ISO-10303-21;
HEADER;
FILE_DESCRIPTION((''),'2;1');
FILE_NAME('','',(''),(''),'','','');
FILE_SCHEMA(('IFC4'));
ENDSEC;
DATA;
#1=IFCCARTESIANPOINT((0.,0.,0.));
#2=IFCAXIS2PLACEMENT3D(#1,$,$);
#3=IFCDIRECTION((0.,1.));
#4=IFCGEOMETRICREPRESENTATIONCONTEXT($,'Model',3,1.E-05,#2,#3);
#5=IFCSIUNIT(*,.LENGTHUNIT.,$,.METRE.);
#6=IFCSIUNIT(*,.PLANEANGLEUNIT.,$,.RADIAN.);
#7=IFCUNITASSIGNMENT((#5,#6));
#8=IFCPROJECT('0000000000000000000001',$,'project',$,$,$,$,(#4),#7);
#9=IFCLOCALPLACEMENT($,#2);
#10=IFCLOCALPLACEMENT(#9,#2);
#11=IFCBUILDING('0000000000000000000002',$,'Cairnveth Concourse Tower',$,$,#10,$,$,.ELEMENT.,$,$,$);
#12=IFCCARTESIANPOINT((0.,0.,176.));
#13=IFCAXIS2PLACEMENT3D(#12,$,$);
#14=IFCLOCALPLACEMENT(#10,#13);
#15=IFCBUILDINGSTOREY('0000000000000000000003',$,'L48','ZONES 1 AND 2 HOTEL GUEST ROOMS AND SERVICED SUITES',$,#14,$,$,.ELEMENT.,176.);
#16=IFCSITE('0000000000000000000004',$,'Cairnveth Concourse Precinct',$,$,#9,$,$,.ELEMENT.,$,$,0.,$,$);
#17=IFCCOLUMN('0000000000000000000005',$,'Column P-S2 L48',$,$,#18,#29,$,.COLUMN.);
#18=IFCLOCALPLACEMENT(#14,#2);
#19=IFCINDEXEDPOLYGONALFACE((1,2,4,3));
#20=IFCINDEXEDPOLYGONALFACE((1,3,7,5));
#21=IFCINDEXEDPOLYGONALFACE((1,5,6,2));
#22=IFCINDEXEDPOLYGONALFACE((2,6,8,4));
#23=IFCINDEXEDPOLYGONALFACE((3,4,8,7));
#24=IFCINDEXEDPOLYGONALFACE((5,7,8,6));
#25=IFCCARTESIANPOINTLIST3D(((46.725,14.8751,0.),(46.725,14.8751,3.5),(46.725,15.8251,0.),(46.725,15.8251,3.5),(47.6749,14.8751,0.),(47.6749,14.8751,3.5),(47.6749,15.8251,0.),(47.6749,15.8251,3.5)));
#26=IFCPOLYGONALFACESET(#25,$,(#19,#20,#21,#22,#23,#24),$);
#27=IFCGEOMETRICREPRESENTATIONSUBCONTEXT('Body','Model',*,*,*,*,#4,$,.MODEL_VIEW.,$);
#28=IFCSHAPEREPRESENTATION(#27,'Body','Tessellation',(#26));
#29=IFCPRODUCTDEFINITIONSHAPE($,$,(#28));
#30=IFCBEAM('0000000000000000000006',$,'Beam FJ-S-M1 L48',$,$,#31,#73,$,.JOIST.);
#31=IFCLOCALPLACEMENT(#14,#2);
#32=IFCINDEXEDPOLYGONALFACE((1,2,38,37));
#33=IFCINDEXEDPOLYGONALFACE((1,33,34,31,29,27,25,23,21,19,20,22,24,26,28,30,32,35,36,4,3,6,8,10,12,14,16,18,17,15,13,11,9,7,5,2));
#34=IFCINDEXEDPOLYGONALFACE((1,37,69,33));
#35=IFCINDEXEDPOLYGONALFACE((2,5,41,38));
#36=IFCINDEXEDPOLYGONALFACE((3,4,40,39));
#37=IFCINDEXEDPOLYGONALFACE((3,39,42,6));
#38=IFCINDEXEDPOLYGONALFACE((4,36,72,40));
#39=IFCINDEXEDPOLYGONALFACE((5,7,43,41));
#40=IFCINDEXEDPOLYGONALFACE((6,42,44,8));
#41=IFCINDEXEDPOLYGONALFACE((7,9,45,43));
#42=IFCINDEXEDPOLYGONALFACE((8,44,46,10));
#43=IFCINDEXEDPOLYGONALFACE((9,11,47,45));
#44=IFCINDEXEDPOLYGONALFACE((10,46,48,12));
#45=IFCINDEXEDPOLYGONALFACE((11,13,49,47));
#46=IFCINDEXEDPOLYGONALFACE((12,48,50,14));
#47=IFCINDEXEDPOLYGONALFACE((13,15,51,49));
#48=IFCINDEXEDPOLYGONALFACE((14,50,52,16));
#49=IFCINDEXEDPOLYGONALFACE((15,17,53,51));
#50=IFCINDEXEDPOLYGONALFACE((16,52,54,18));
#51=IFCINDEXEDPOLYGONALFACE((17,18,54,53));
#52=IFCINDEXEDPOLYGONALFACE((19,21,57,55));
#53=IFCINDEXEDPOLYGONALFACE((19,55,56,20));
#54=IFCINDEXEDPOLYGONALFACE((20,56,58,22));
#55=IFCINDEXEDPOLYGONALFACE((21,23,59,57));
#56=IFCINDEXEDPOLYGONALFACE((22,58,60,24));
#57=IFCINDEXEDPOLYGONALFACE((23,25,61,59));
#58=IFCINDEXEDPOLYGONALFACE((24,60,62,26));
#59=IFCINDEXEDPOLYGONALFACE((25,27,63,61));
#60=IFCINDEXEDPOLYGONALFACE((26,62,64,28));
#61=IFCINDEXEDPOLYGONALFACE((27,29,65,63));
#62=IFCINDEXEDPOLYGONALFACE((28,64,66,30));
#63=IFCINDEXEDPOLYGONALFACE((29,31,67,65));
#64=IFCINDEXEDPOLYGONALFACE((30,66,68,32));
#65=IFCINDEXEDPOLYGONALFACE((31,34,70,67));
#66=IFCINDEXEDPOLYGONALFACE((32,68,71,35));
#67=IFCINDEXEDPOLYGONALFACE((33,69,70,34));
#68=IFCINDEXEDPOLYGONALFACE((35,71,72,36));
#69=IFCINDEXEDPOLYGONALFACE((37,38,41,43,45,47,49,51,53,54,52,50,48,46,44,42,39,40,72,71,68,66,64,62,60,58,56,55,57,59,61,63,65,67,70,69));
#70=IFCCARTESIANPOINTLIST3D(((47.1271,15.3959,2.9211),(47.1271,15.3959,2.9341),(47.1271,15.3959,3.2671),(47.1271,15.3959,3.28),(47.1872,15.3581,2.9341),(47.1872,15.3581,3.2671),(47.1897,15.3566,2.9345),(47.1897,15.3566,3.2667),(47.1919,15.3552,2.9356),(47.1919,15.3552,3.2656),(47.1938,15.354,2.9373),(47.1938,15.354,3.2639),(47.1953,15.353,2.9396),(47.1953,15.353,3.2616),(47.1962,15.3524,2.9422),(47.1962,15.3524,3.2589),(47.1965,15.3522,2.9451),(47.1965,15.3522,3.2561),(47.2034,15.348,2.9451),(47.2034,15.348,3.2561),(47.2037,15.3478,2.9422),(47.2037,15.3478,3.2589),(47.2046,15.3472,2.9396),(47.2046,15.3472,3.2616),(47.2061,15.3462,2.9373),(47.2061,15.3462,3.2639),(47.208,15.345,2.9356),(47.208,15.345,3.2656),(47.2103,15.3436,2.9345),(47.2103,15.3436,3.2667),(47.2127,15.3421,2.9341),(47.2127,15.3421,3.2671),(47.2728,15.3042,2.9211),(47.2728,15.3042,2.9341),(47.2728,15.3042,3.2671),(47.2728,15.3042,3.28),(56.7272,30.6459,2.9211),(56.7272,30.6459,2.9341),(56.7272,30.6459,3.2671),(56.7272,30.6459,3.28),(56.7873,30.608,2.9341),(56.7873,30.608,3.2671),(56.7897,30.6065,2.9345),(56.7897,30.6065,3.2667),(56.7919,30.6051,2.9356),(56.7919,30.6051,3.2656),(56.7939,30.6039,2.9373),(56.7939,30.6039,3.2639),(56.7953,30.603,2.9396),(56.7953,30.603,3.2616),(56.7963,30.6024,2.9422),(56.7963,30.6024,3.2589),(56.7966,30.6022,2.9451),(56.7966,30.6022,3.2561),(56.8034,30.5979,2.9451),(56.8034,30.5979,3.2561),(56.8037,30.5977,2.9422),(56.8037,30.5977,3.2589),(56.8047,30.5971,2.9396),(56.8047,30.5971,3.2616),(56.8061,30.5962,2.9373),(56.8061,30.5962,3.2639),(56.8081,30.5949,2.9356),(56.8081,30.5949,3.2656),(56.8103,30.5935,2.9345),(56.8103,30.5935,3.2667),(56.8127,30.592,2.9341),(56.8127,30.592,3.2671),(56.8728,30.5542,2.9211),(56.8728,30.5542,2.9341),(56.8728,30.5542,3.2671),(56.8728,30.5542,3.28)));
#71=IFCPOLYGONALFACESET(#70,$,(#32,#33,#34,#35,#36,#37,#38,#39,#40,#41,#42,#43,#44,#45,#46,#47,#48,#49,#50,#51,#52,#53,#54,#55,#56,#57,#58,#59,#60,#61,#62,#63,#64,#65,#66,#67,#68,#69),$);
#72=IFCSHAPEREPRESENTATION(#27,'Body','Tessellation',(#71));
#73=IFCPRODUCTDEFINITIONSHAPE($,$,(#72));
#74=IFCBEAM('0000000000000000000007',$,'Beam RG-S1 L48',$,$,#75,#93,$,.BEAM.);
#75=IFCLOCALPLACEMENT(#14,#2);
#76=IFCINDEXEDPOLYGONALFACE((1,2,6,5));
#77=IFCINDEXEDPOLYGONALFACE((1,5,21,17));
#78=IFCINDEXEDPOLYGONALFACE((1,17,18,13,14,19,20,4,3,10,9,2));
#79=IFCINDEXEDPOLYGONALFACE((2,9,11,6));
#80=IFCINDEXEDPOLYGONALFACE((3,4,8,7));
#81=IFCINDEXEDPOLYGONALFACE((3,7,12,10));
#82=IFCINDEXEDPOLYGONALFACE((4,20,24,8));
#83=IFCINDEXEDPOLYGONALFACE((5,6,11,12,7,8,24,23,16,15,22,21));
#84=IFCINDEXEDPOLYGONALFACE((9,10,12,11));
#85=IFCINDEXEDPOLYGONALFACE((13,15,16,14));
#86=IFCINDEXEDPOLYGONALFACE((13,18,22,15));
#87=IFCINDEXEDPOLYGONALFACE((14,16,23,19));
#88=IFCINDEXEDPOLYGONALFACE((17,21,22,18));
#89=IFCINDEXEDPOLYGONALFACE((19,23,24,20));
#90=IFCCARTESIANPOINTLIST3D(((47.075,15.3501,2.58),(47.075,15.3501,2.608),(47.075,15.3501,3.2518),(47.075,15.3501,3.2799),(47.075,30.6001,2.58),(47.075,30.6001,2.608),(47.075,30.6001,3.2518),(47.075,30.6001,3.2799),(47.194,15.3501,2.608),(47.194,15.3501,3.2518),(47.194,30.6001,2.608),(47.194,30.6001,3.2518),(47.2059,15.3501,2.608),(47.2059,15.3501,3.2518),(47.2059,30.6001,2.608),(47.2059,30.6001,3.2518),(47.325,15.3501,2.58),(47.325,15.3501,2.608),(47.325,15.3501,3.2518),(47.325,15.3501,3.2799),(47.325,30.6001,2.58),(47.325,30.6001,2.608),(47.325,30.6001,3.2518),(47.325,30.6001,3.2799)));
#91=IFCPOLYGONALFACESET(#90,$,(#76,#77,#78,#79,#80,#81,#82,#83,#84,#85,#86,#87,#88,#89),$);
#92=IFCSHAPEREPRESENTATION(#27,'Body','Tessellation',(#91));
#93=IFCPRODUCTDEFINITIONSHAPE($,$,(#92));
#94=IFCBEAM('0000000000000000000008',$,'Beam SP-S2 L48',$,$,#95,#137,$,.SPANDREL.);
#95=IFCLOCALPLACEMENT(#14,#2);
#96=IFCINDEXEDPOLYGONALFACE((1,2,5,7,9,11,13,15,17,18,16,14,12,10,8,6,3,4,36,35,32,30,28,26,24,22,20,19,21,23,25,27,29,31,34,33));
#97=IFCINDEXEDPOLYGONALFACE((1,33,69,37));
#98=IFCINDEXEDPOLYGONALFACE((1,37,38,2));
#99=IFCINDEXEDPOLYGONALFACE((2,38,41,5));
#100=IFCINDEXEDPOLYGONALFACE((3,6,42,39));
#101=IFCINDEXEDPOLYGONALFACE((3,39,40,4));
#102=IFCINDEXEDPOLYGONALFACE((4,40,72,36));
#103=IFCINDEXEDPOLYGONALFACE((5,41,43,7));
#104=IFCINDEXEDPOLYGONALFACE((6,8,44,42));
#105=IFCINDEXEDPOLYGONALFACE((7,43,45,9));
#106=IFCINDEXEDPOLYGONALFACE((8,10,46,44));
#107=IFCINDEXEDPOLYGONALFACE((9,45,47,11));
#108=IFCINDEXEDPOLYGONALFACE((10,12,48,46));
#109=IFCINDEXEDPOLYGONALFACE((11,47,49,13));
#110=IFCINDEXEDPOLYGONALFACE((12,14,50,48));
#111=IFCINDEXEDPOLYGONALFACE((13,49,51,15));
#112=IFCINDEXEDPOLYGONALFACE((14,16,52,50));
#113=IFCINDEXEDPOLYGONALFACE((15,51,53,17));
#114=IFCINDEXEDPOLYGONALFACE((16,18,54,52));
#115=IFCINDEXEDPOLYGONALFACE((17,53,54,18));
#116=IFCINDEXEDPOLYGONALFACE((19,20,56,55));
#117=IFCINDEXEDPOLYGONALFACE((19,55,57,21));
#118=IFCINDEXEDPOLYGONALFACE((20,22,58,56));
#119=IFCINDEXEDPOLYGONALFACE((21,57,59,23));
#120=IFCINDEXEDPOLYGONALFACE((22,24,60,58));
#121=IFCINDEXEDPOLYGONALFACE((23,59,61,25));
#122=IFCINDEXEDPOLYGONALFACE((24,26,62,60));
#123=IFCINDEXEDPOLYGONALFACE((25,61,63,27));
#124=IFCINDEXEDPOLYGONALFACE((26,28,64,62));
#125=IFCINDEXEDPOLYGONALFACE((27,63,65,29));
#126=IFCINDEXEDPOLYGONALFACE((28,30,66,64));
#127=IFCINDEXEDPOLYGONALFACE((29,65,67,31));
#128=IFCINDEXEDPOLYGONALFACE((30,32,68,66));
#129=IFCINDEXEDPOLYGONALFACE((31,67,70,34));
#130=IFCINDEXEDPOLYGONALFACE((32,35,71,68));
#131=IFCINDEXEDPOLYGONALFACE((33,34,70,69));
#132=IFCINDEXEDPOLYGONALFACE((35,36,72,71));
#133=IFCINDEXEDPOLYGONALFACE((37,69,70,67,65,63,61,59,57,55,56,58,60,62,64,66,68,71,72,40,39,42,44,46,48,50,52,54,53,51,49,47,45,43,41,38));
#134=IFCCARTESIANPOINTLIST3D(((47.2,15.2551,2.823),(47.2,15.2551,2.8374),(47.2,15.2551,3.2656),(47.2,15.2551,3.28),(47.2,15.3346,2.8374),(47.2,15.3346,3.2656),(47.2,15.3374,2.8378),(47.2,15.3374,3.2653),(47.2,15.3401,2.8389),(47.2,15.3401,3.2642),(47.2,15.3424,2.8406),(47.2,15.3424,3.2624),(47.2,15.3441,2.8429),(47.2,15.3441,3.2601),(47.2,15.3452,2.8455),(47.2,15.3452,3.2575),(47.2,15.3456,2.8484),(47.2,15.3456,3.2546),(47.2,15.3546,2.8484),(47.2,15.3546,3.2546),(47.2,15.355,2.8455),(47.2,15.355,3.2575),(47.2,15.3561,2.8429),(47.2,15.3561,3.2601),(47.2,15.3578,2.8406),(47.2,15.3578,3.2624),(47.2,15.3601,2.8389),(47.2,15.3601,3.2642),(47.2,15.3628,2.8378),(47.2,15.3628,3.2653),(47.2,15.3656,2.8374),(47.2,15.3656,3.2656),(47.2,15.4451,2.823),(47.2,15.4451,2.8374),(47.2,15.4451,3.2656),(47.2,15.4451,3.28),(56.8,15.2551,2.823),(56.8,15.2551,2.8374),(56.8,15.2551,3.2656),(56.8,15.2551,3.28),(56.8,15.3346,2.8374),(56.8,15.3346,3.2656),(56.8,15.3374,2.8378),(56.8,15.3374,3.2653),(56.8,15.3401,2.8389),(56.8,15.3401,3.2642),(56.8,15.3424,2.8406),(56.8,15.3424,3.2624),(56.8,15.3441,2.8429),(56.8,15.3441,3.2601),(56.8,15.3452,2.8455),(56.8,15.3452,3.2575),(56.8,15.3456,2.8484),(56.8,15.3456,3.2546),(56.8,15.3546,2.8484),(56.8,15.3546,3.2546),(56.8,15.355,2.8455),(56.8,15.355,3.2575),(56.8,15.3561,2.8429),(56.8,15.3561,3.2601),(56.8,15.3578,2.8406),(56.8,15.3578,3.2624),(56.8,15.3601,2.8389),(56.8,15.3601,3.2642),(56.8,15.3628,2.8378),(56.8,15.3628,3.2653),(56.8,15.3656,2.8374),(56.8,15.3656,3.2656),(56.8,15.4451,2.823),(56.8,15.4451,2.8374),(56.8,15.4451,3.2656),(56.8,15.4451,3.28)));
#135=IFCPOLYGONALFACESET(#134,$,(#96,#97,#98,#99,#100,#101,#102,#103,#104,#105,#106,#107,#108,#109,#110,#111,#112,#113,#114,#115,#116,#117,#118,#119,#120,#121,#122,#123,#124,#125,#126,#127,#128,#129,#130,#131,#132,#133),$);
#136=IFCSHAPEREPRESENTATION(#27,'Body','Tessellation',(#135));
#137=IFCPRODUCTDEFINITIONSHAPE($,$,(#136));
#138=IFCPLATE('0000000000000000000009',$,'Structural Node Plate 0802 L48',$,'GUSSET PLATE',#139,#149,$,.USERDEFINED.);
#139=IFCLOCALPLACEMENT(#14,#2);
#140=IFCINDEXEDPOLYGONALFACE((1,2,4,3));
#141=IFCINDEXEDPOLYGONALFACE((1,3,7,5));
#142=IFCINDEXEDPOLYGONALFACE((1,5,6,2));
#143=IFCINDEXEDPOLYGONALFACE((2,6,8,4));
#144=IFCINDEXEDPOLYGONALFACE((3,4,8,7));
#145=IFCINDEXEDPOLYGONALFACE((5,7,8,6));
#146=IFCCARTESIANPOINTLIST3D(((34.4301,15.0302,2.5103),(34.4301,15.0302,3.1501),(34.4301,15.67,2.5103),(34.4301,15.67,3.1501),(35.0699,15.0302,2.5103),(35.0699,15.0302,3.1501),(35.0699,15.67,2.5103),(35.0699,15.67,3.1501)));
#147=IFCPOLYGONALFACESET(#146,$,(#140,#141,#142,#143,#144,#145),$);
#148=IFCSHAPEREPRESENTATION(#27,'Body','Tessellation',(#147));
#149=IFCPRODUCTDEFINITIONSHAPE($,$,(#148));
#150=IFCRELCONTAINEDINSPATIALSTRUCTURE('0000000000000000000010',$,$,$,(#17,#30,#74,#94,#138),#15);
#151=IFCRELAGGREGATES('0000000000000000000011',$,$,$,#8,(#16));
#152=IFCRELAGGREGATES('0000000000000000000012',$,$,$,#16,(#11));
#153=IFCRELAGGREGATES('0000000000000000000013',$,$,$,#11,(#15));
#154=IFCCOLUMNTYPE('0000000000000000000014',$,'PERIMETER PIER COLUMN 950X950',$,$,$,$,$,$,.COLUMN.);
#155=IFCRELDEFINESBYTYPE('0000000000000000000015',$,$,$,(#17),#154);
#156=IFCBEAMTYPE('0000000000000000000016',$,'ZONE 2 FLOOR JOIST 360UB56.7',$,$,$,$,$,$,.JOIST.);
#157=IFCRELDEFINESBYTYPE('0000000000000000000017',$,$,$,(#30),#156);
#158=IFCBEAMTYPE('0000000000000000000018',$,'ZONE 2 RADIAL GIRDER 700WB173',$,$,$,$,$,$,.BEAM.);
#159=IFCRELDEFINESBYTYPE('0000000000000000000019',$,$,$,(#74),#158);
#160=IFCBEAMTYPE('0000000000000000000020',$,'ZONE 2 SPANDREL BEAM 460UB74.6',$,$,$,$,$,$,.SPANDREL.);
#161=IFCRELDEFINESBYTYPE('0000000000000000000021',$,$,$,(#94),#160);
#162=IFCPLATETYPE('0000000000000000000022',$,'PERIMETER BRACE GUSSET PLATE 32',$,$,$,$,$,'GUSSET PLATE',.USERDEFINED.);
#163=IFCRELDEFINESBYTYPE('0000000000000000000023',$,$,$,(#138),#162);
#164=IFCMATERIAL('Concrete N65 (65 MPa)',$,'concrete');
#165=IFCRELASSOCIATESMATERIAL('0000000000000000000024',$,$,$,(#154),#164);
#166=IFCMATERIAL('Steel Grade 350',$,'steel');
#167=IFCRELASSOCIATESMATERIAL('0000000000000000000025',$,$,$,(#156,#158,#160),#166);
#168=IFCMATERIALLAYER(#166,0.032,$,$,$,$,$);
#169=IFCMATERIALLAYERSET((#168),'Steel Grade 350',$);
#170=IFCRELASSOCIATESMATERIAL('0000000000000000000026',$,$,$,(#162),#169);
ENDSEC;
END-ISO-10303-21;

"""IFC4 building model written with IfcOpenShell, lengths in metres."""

from ifc_helpers import new_model, si_unit, direction, frame, origin, origin_2d, place, context, subcontext, project, spatial, rectangle, i_section, extrude, material, layer, layer_set, material_profile, profile_set, type_object, element, save


model = new_model("IFC4")

# Units and contexts
model_context = context("Model", 3, precision=1e-05, world=origin(), true_north=direction((0.0, 1.0)))
body_context = subcontext(model_context, "Body", "Model", "MODEL_VIEW")
ifc_project = project(units=[si_unit("LENGTHUNIT", "METRE"), si_unit("PLANEANGLEUNIT", "RADIAN")], contexts=[model_context])

# Site, building, storey
site_placement = place(None, origin())
site = spatial("IfcSite", under=ifc_project, at=site_placement, Name="Cairnveth Concourse Precinct", CompositionType="ELEMENT", RefElevation=0.0)
building_placement = place(site_placement, origin())
building = spatial("IfcBuilding", under=site, at=building_placement, Name="Cairnveth Concourse Tower", CompositionType="ELEMENT")
storey_placement = place(building_placement, frame((0.0, 0.0, 176.0)))
storey = spatial("IfcBuildingStorey", under=building, at=storey_placement, Name="L48", Description="ZONES 1 AND 2 HOTEL GUEST ROOMS AND SERVICED SUITES", CompositionType="ELEMENT", Elevation=176.0)

# Column
ifc_material_1 = material(Name="Concrete N65 (65 MPa)", Category="concrete")
ifc_material_profile_1 = material_profile(ifc_material_1, rectangle(XDim=0.95, YDim=0.95, at=origin_2d()), Name="RC-COL-950x950")
ifc_profile_set_1 = profile_set([ifc_material_profile_1], Name="Concrete N65 (65 MPa)")
column_type = type_object("IfcColumnType", Name="PERIMETER PIER COLUMN 950X950", PredefinedType="COLUMN", material=ifc_profile_set_1)
column_placement = place(storey_placement, frame((47.2, 15.3501, 0.0), z_axis=(0.0, 0.0, 1.0), x_axis=(1.0, 0.0, 0.0)))
element("IfcColumn", 1, at=column_placement, inside=storey, type_object=column_type, Name="Column P-S2 L48", PredefinedType="COLUMN", context=body_context, shape_type="SweptSolid", body=[
    extrude(rectangle(XDim=0.95, YDim=0.95, at=origin_2d()), origin(), (0.0, 0.0, 1.0), 3.5),
])

# Beams
ifc_material_2 = material(Name="Steel Grade 350", Category="steel")
ifc_material_profile_2 = material_profile(ifc_material_2, i_section(OverallWidth=0.1721, OverallDepth=0.3589, WebThickness=0.0081, FlangeThickness=0.0129, FilletRadius=0.011, at=origin_2d()), Name="360UB56.7")
ifc_profile_set_2 = profile_set([ifc_material_profile_2], Name="Steel Grade 350")
beam_type_1 = type_object("IfcBeamType", Name="ZONE 2 FLOOR JOIST 360UB56.7", PredefinedType="JOIST", material=ifc_profile_set_2)
beam_1_placement = place(storey_placement, frame((47.2, 15.3501, 3.1006), z_axis=(0.532744, 0.846277, 0.0), x_axis=(-0.846277, 0.532744, 0.0)))
element("IfcBeam", 2, at=beam_1_placement, inside=storey, type_object=beam_type_1, Name="Beam FJ-S-M1 L48", PredefinedType="JOIST", context=body_context, shape_type="SweptSolid", body=[
    extrude(i_section(OverallWidth=0.1721, OverallDepth=0.3589, WebThickness=0.0081, FlangeThickness=0.0129, FilletRadius=0.011, at=origin_2d()), origin(), (0.0, 0.0, 1.0), 18.02),
])
ifc_material_profile_3 = material_profile(ifc_material_2, i_section(OverallWidth=0.25, OverallDepth=0.7, WebThickness=0.012, FlangeThickness=0.0281, at=origin_2d()), Name="700WB173")
ifc_profile_set_3 = profile_set([ifc_material_profile_3], Name="Steel Grade 350")
beam_type_2 = type_object("IfcBeamType", Name="ZONE 2 RADIAL GIRDER 700WB173", PredefinedType="BEAM", material=ifc_profile_set_3)
beam_2_placement = place(storey_placement, frame((47.2, 15.3501, 2.9299), z_axis=(0.0, 1.0, 0.0), x_axis=(-1.0, 0.0, 0.0)))
element("IfcBeam", 3, at=beam_2_placement, inside=storey, type_object=beam_type_2, Name="Beam RG-S1 L48", PredefinedType="BEAM", context=body_context, shape_type="SweptSolid", body=[
    extrude(i_section(OverallWidth=0.25, OverallDepth=0.7, WebThickness=0.012, FlangeThickness=0.0281, at=origin_2d()), origin(), (0.0, 0.0, 1.0), 15.25),
])
ifc_material_profile_4 = material_profile(ifc_material_2, i_section(OverallWidth=0.1899, OverallDepth=0.457, WebThickness=0.009, FlangeThickness=0.0144, FilletRadius=0.011, at=origin_2d()), Name="460UB74.6")
ifc_profile_set_4 = profile_set([ifc_material_profile_4], Name="Steel Grade 350")
beam_type_3 = type_object("IfcBeamType", Name="ZONE 2 SPANDREL BEAM 460UB74.6", PredefinedType="SPANDREL", material=ifc_profile_set_4)
beam_3_placement = place(storey_placement, frame((47.2, 15.3501, 3.0515), z_axis=(1.0, 0.0, 0.0), x_axis=(0.0, 1.0, 0.0)))
element("IfcBeam", 4, at=beam_3_placement, inside=storey, type_object=beam_type_3, Name="Beam SP-S2 L48", PredefinedType="SPANDREL", context=body_context, shape_type="SweptSolid", body=[
    extrude(i_section(OverallWidth=0.1899, OverallDepth=0.457, WebThickness=0.009, FlangeThickness=0.0144, FilletRadius=0.011, at=origin_2d()), origin(), (0.0, 0.0, 1.0), 9.6001),
])

# Plate
ifc_layer_1 = layer(ifc_material_2, 0.032)
ifc_layer_set_1 = layer_set([ifc_layer_1], Name="Steel Grade 350")
plate_type = type_object("IfcPlateType", Name="PERIMETER BRACE GUSSET PLATE 32", ElementType="GUSSET PLATE", PredefinedType="USERDEFINED", material=ifc_layer_set_1)
plate_placement = place(storey_placement, frame((34.75, 15.3501, 2.5103), z_axis=(0.0, 0.0, 1.0), x_axis=(1.0, 0.0, 0.0)))
element("IfcPlate", 5, at=plate_placement, inside=storey, type_object=plate_type, Name="Structural Node Plate 0802 L48", ObjectType="GUSSET PLATE", PredefinedType="USERDEFINED", context=body_context, shape_type="SweptSolid", body=[
    extrude(rectangle(XDim=0.6399, YDim=0.6399, at=origin_2d()), origin(), (0.0, 0.0, 1.0), 0.6399),
])

save(model, "model.ifc")
